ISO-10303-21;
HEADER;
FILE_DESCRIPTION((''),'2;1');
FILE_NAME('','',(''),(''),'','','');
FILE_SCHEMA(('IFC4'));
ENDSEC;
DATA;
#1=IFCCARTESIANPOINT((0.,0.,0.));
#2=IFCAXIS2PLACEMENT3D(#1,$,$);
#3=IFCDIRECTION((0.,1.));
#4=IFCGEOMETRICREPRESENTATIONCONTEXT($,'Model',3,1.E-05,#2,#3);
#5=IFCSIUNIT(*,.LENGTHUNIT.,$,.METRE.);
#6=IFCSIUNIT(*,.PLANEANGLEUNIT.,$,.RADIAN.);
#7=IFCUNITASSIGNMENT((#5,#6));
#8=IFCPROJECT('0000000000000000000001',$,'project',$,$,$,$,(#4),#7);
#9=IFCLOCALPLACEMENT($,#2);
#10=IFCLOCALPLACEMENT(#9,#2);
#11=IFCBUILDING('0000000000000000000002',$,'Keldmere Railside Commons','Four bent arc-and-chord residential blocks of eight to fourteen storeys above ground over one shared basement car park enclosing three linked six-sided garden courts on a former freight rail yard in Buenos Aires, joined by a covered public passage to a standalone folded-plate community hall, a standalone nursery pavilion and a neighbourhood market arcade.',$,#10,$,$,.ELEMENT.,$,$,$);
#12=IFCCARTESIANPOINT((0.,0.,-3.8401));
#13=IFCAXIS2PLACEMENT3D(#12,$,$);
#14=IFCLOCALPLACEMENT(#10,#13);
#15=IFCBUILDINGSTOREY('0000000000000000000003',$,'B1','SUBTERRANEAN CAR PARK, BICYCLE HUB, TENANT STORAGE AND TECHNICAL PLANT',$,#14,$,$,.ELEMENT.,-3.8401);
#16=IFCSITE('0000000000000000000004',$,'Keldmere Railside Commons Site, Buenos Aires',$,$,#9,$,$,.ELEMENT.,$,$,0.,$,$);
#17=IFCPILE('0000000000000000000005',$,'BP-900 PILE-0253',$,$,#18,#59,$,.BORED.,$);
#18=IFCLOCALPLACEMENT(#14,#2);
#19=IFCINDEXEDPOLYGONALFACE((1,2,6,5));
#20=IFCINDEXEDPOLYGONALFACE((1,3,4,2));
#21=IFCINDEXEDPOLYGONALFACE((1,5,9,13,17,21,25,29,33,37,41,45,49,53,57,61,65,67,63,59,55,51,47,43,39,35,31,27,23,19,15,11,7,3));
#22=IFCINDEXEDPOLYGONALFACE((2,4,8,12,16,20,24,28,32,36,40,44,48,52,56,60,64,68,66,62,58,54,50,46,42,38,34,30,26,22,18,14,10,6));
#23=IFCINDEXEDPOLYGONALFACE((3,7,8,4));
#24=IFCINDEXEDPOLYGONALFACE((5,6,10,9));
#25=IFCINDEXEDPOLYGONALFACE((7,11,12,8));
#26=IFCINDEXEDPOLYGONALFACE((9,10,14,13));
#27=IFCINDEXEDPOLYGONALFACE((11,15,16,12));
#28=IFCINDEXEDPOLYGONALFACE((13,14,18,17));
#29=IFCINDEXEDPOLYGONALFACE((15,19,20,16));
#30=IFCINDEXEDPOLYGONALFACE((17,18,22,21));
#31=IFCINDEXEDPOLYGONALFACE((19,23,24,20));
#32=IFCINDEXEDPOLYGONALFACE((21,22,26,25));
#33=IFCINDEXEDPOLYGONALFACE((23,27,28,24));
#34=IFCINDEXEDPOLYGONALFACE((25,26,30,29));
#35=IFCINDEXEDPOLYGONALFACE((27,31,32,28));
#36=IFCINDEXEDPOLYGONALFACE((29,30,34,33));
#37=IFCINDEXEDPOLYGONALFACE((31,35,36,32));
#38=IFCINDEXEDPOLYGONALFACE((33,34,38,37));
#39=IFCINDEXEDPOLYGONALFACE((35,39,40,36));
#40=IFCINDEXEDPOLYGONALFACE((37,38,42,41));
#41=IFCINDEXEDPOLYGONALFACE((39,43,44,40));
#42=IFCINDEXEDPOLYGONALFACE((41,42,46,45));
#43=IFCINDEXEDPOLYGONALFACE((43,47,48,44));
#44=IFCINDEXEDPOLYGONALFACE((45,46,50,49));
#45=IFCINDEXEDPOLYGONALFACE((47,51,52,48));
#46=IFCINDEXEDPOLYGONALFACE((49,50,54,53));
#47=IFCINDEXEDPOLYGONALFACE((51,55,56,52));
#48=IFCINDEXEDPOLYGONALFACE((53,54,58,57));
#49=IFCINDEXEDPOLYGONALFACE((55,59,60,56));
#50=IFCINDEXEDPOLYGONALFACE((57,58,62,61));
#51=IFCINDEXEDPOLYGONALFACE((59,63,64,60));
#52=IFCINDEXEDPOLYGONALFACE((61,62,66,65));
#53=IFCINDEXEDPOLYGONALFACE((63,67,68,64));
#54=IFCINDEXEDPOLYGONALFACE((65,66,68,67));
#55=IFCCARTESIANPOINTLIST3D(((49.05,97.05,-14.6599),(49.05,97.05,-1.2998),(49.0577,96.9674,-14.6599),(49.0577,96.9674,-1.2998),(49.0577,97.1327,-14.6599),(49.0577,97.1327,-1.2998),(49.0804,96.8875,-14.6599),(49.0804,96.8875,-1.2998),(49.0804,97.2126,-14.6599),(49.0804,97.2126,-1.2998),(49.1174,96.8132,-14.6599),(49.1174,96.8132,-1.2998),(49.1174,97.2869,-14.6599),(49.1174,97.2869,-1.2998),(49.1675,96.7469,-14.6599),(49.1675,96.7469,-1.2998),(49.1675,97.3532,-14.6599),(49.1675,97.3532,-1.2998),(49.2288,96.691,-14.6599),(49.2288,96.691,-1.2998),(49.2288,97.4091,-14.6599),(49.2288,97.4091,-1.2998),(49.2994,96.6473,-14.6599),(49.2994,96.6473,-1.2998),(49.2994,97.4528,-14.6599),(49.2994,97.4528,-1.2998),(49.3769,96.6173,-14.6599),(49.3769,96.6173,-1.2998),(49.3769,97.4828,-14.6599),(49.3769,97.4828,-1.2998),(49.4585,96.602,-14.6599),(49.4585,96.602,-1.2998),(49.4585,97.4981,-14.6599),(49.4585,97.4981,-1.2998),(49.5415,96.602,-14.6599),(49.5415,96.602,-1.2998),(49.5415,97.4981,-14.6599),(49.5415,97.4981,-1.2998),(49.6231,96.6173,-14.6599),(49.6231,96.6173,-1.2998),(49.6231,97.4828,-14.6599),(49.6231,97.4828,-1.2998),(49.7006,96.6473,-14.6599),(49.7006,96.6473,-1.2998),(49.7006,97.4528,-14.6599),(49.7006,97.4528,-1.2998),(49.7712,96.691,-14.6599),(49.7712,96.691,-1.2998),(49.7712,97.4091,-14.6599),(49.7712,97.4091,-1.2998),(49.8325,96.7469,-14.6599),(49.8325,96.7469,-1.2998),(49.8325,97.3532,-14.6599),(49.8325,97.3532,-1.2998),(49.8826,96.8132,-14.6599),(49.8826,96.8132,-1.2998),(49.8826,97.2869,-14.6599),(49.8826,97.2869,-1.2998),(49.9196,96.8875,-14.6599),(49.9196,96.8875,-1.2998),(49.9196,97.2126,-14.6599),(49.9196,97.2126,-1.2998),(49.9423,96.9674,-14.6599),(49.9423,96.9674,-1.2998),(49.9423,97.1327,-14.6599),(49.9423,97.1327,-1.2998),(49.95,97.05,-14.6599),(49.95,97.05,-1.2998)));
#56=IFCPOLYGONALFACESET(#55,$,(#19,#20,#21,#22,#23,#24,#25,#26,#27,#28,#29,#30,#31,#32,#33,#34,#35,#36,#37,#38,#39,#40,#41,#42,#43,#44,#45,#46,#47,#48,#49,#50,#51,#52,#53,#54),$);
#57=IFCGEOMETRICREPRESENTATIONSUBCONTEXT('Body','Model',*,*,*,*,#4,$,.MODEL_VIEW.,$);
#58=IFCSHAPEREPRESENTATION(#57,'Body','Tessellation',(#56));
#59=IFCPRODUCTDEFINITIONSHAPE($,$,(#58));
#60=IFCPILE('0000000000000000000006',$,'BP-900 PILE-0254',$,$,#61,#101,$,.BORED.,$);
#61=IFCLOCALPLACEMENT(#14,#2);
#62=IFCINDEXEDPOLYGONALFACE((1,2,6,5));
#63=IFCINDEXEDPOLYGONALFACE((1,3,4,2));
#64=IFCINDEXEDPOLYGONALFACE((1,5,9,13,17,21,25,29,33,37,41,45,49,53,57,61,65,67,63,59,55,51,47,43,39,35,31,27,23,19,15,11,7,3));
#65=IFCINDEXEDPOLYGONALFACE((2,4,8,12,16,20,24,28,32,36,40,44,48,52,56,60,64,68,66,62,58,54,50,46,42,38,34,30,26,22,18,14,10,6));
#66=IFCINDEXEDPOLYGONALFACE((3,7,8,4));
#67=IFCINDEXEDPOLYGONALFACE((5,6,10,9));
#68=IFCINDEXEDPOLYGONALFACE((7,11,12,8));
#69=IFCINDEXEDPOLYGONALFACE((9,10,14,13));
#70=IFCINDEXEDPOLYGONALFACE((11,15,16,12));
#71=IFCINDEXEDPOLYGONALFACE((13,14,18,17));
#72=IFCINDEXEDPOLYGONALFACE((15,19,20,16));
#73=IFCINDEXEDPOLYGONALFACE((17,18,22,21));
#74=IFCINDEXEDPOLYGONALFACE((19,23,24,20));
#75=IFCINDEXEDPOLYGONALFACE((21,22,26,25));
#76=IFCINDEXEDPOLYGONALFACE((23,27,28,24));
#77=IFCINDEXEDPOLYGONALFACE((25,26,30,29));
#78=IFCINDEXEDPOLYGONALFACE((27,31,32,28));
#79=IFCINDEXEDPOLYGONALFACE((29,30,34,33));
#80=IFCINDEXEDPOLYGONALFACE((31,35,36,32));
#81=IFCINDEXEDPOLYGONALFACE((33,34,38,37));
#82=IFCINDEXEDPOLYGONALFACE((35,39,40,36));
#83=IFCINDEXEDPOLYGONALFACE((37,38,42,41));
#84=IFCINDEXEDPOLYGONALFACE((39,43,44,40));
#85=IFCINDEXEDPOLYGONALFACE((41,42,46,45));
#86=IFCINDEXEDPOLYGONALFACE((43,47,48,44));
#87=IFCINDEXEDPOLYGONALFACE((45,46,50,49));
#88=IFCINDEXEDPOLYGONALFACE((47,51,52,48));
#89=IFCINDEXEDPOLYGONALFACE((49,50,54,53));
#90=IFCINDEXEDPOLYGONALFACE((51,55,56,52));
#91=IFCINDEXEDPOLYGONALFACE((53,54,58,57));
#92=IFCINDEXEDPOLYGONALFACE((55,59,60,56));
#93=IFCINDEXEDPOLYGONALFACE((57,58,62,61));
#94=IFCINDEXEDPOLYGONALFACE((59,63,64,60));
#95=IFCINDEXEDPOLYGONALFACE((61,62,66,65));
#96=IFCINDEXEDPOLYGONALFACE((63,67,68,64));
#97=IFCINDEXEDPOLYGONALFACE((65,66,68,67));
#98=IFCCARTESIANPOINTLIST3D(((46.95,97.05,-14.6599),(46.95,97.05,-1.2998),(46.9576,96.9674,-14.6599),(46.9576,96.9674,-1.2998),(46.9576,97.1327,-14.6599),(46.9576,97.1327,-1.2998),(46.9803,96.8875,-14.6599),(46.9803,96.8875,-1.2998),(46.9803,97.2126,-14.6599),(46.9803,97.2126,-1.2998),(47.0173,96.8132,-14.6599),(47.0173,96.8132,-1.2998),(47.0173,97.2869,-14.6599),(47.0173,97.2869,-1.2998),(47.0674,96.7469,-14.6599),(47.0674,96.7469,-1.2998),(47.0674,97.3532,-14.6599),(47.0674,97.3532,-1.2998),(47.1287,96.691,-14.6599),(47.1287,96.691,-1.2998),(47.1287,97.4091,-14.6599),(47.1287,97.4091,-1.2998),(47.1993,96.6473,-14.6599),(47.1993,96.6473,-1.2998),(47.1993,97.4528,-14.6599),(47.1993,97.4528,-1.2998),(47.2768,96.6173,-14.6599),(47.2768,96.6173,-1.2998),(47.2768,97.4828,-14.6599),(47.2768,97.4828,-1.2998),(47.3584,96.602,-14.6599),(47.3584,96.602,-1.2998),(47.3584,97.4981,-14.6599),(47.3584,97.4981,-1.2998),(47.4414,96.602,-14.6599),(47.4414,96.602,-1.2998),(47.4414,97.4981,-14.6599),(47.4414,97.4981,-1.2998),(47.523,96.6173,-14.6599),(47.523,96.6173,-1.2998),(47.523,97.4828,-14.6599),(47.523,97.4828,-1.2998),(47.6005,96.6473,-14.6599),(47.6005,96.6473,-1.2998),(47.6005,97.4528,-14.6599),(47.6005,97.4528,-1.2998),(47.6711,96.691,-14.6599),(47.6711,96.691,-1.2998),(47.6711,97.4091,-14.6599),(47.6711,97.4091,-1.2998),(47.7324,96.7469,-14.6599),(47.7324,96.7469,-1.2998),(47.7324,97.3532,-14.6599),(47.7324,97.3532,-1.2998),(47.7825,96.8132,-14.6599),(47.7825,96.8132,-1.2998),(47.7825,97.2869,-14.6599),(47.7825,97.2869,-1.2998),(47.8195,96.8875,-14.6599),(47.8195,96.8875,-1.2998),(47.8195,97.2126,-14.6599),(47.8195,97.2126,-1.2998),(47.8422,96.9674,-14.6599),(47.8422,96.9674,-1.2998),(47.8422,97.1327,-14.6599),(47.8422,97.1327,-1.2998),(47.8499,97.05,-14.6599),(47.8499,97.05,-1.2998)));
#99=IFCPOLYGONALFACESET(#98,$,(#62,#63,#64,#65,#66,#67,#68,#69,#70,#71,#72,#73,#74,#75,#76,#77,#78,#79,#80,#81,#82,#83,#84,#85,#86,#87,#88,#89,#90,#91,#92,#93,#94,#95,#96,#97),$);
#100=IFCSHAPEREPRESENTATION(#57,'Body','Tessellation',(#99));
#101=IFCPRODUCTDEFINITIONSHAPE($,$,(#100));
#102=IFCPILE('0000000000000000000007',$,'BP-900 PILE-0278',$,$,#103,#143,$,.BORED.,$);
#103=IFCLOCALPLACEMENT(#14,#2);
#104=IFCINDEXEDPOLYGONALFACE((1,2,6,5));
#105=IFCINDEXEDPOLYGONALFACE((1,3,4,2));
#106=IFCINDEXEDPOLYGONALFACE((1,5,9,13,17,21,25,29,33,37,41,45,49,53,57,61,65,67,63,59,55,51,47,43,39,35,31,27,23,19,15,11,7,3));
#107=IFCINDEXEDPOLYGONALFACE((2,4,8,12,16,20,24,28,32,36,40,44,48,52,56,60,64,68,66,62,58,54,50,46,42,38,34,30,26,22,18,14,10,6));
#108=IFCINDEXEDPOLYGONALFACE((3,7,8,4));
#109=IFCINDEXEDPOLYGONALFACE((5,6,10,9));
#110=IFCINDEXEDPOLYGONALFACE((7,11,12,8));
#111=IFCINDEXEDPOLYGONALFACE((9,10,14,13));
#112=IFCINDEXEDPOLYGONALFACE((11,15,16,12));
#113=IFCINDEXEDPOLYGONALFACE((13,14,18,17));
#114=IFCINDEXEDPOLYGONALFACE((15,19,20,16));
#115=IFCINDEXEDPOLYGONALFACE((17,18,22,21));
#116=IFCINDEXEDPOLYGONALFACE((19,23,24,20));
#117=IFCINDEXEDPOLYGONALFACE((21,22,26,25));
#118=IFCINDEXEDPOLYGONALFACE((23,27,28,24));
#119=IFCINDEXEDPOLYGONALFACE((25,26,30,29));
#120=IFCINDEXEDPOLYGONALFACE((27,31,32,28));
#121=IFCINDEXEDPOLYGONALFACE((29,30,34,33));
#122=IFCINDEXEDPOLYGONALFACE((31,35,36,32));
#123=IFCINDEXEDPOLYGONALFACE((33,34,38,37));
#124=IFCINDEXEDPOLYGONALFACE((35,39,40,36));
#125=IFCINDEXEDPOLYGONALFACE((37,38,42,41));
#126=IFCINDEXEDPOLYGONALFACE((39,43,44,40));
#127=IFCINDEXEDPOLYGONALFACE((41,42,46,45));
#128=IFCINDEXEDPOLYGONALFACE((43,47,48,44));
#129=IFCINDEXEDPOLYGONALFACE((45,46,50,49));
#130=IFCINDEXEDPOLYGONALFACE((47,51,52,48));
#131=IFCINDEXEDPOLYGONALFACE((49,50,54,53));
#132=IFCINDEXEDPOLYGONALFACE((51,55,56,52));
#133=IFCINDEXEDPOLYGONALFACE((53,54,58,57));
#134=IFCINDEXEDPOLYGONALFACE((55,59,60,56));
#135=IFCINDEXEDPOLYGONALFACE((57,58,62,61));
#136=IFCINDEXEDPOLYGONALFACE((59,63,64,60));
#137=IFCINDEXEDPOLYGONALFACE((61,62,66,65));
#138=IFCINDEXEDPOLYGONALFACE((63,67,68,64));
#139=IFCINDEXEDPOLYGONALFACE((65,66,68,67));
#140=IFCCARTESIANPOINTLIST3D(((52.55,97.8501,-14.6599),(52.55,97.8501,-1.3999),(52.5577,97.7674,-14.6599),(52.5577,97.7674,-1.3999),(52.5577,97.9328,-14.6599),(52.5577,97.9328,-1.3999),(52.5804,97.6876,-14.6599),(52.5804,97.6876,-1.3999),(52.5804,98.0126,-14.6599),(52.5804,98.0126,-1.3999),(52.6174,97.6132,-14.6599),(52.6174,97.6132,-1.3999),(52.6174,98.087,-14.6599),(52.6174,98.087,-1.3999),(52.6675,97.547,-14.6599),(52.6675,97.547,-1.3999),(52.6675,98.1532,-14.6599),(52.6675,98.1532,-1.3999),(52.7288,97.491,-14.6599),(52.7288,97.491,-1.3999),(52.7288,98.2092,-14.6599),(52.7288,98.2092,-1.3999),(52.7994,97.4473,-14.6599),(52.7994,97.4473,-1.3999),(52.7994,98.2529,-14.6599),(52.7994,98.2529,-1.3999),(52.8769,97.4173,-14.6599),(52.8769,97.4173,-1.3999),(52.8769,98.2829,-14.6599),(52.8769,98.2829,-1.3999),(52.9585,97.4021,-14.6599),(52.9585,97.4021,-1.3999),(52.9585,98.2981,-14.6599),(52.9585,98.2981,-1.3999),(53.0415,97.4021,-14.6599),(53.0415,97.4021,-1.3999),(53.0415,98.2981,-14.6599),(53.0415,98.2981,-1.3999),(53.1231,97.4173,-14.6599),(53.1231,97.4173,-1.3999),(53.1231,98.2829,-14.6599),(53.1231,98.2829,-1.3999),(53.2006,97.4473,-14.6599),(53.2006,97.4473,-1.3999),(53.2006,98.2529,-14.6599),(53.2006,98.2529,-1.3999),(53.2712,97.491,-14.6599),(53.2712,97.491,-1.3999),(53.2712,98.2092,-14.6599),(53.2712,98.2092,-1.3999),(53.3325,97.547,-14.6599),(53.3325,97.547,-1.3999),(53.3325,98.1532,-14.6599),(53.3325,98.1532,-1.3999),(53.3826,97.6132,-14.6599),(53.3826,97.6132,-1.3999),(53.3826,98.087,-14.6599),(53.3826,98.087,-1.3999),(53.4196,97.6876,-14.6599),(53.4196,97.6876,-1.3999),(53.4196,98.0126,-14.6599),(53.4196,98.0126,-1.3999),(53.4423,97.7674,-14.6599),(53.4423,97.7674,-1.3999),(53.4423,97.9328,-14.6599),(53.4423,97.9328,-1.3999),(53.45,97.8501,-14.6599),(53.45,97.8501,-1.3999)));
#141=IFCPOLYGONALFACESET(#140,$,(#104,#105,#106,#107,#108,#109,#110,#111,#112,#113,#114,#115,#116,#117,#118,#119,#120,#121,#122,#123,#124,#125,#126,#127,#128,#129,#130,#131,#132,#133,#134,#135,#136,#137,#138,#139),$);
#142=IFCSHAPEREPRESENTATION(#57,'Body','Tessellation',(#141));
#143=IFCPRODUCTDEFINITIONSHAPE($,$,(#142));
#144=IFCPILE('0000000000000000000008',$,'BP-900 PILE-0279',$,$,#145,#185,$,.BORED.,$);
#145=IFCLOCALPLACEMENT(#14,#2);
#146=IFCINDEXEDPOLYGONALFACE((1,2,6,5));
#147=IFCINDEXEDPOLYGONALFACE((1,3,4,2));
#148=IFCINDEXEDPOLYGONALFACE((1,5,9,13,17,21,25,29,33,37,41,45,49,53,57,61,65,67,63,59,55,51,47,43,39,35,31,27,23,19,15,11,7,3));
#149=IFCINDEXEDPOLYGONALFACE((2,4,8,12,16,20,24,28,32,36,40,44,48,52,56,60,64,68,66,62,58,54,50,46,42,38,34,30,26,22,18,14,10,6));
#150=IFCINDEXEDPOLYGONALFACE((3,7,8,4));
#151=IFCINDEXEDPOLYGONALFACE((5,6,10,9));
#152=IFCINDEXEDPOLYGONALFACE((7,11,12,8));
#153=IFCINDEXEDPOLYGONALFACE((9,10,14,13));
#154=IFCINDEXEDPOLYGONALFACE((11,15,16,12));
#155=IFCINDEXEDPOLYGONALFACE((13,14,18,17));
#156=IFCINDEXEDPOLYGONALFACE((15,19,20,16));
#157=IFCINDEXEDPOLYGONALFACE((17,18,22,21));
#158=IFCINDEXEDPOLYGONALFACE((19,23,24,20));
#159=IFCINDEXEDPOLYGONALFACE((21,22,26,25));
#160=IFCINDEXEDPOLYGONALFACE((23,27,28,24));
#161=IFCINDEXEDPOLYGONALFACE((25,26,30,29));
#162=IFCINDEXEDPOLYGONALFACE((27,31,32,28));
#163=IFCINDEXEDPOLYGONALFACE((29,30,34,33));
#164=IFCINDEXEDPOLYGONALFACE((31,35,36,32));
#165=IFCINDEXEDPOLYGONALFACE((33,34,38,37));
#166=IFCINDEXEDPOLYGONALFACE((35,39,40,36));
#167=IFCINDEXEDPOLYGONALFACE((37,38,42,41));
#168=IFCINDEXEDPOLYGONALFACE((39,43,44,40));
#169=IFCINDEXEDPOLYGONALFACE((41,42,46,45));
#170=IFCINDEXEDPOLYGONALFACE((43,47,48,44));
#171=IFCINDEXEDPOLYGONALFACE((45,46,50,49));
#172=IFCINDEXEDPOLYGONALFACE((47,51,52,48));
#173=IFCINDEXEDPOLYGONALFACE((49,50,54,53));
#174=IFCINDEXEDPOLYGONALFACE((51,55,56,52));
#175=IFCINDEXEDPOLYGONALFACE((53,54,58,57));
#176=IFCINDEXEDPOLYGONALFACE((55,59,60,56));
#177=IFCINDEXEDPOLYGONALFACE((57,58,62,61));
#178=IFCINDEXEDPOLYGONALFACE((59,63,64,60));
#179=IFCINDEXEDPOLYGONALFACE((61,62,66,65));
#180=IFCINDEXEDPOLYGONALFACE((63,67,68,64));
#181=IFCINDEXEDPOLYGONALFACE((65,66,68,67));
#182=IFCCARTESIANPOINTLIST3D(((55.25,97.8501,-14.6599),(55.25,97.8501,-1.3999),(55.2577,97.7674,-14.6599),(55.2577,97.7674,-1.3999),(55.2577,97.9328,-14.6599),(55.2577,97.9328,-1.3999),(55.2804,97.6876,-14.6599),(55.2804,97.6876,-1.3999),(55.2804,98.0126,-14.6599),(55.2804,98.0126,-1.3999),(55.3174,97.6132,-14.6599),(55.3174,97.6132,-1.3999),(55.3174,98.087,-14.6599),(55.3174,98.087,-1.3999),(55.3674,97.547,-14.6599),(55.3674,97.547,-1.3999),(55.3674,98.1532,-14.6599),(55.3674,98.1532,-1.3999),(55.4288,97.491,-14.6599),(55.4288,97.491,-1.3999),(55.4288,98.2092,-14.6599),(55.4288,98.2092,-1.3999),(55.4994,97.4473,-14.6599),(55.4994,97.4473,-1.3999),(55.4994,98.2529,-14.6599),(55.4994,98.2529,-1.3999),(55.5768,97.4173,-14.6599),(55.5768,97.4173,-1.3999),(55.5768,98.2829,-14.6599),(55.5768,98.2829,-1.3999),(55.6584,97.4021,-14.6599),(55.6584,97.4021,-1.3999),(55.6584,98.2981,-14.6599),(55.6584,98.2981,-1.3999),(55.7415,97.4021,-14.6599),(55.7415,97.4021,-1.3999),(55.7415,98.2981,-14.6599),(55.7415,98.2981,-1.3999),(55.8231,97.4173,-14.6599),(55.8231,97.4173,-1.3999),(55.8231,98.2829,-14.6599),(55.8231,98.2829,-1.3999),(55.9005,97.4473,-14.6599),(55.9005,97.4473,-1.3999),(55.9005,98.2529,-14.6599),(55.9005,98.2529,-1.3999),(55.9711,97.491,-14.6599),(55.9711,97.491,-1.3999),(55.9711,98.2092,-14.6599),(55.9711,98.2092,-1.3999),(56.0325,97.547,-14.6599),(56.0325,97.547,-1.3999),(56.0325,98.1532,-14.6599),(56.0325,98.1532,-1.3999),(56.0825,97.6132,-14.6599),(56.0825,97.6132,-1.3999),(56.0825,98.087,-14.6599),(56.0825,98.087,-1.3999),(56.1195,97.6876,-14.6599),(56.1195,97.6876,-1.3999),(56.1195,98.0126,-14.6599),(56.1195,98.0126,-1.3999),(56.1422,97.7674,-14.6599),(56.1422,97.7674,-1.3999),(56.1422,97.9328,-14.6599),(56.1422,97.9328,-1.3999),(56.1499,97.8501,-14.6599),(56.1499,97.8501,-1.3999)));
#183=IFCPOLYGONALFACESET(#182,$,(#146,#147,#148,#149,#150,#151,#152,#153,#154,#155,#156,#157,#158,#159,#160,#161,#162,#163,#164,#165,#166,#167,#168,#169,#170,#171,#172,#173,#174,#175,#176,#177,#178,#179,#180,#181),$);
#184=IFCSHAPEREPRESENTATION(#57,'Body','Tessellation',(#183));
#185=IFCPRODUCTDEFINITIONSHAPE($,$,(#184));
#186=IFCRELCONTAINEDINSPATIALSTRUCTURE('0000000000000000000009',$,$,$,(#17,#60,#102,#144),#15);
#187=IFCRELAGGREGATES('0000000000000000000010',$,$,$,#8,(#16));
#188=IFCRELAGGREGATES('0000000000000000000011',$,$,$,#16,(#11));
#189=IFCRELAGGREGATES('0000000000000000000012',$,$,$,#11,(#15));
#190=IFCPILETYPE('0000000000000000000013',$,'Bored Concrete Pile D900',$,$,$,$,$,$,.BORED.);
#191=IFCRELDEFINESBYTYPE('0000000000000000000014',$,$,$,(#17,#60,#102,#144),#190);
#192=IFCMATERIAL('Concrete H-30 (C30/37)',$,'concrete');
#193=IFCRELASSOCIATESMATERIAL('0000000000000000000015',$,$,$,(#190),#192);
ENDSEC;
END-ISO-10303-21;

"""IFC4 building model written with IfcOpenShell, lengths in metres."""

from ifc_helpers import new_model, si_unit, direction, frame, origin, origin_2d, place, context, subcontext, project, spatial, circle, extrude, material, material_profile, profile_set, type_object, element, save


model = new_model("IFC4")

# Units and contexts
model_context = context("Model", 3, precision=1e-05, world=origin(), true_north=direction((0.0, 1.0)))
body_context = subcontext(model_context, "Body", "Model", "MODEL_VIEW")
ifc_project = project(units=[si_unit("LENGTHUNIT", "METRE"), si_unit("PLANEANGLEUNIT", "RADIAN")], contexts=[model_context])

# Site, building, storey
site_placement = place(None, origin())
site = spatial("IfcSite", under=ifc_project, at=site_placement, Name="Keldmere Railside Commons Site, Buenos Aires", CompositionType="ELEMENT", RefElevation=0.0)
building_placement = place(site_placement, origin())
building = spatial("IfcBuilding", under=site, at=building_placement, Name="Keldmere Railside Commons", Description="Four bent arc-and-chord residential blocks of eight to fourteen storeys above ground over one shared basement car park enclosing three linked six-sided garden courts on a former freight rail yard in Buenos Aires, joined by a covered public passage to a standalone folded-plate community hall, a standalone nursery pavilion and a neighbourhood market arcade.", CompositionType="ELEMENT")
storey_placement = place(building_placement, frame((0.0, 0.0, -3.8401)))
storey = spatial("IfcBuildingStorey", under=building, at=storey_placement, Name="B1", Description="SUBTERRANEAN CAR PARK, BICYCLE HUB, TENANT STORAGE AND TECHNICAL PLANT", CompositionType="ELEMENT", Elevation=-3.8401)

# Piles
ifc_material_1 = material(Name="Concrete H-30 (C30/37)", Category="concrete")
ifc_material_profile_1 = material_profile(ifc_material_1, circle(Radius=0.45, at=origin_2d()), Name="PILE-D900")
ifc_profile_set_1 = profile_set([ifc_material_profile_1], Name="Concrete H-30 (C30/37)")
pile_type_1 = type_object("IfcPileType", Name="Bored Concrete Pile D900", PredefinedType="BORED", material=ifc_profile_set_1)
for number, where, z_axis, x_axis, name in (
    (1, (49.5, 97.05, -1.2998), (0.0, 0.0, -1.0), (1.0, 0.0, 0.0), "BP-900 PILE-0253"),
    (2, (47.3999, 97.05, -1.2998), (0.0, 0.0, -1.0), (1.0, 0.0, 0.0), "BP-900 PILE-0254"),
):
    element("IfcPile", number, at=place(storey_placement, frame(where, z_axis=z_axis, x_axis=x_axis)), inside=storey, type_object=pile_type_1, Name=name, PredefinedType="BORED", context=body_context, shape_type="SweptSolid", body=[
        extrude(circle(Radius=0.45, at=origin_2d()), origin(), (0.0, 0.0, 1.0), 13.3601),
    ])
for number, where, z_axis, x_axis, name in (
    (3, (53.0, 97.8501, -1.3999), (0.0, 0.0, -1.0), (1.0, 0.0, 0.0), "BP-900 PILE-0278"),
    (4, (55.7, 97.8501, -1.3999), (0.0, 0.0, -1.0), (1.0, 0.0, 0.0), "BP-900 PILE-0279"),
):
    element("IfcPile", number, at=place(storey_placement, frame(where, z_axis=z_axis, x_axis=x_axis)), inside=storey, type_object=pile_type_1, Name=name, PredefinedType="BORED", context=body_context, shape_type="SweptSolid", body=[
        extrude(circle(Radius=0.45, at=origin_2d()), origin(), (0.0, 0.0, 1.0), 13.26),
    ])

save(model, "model.ifc")
